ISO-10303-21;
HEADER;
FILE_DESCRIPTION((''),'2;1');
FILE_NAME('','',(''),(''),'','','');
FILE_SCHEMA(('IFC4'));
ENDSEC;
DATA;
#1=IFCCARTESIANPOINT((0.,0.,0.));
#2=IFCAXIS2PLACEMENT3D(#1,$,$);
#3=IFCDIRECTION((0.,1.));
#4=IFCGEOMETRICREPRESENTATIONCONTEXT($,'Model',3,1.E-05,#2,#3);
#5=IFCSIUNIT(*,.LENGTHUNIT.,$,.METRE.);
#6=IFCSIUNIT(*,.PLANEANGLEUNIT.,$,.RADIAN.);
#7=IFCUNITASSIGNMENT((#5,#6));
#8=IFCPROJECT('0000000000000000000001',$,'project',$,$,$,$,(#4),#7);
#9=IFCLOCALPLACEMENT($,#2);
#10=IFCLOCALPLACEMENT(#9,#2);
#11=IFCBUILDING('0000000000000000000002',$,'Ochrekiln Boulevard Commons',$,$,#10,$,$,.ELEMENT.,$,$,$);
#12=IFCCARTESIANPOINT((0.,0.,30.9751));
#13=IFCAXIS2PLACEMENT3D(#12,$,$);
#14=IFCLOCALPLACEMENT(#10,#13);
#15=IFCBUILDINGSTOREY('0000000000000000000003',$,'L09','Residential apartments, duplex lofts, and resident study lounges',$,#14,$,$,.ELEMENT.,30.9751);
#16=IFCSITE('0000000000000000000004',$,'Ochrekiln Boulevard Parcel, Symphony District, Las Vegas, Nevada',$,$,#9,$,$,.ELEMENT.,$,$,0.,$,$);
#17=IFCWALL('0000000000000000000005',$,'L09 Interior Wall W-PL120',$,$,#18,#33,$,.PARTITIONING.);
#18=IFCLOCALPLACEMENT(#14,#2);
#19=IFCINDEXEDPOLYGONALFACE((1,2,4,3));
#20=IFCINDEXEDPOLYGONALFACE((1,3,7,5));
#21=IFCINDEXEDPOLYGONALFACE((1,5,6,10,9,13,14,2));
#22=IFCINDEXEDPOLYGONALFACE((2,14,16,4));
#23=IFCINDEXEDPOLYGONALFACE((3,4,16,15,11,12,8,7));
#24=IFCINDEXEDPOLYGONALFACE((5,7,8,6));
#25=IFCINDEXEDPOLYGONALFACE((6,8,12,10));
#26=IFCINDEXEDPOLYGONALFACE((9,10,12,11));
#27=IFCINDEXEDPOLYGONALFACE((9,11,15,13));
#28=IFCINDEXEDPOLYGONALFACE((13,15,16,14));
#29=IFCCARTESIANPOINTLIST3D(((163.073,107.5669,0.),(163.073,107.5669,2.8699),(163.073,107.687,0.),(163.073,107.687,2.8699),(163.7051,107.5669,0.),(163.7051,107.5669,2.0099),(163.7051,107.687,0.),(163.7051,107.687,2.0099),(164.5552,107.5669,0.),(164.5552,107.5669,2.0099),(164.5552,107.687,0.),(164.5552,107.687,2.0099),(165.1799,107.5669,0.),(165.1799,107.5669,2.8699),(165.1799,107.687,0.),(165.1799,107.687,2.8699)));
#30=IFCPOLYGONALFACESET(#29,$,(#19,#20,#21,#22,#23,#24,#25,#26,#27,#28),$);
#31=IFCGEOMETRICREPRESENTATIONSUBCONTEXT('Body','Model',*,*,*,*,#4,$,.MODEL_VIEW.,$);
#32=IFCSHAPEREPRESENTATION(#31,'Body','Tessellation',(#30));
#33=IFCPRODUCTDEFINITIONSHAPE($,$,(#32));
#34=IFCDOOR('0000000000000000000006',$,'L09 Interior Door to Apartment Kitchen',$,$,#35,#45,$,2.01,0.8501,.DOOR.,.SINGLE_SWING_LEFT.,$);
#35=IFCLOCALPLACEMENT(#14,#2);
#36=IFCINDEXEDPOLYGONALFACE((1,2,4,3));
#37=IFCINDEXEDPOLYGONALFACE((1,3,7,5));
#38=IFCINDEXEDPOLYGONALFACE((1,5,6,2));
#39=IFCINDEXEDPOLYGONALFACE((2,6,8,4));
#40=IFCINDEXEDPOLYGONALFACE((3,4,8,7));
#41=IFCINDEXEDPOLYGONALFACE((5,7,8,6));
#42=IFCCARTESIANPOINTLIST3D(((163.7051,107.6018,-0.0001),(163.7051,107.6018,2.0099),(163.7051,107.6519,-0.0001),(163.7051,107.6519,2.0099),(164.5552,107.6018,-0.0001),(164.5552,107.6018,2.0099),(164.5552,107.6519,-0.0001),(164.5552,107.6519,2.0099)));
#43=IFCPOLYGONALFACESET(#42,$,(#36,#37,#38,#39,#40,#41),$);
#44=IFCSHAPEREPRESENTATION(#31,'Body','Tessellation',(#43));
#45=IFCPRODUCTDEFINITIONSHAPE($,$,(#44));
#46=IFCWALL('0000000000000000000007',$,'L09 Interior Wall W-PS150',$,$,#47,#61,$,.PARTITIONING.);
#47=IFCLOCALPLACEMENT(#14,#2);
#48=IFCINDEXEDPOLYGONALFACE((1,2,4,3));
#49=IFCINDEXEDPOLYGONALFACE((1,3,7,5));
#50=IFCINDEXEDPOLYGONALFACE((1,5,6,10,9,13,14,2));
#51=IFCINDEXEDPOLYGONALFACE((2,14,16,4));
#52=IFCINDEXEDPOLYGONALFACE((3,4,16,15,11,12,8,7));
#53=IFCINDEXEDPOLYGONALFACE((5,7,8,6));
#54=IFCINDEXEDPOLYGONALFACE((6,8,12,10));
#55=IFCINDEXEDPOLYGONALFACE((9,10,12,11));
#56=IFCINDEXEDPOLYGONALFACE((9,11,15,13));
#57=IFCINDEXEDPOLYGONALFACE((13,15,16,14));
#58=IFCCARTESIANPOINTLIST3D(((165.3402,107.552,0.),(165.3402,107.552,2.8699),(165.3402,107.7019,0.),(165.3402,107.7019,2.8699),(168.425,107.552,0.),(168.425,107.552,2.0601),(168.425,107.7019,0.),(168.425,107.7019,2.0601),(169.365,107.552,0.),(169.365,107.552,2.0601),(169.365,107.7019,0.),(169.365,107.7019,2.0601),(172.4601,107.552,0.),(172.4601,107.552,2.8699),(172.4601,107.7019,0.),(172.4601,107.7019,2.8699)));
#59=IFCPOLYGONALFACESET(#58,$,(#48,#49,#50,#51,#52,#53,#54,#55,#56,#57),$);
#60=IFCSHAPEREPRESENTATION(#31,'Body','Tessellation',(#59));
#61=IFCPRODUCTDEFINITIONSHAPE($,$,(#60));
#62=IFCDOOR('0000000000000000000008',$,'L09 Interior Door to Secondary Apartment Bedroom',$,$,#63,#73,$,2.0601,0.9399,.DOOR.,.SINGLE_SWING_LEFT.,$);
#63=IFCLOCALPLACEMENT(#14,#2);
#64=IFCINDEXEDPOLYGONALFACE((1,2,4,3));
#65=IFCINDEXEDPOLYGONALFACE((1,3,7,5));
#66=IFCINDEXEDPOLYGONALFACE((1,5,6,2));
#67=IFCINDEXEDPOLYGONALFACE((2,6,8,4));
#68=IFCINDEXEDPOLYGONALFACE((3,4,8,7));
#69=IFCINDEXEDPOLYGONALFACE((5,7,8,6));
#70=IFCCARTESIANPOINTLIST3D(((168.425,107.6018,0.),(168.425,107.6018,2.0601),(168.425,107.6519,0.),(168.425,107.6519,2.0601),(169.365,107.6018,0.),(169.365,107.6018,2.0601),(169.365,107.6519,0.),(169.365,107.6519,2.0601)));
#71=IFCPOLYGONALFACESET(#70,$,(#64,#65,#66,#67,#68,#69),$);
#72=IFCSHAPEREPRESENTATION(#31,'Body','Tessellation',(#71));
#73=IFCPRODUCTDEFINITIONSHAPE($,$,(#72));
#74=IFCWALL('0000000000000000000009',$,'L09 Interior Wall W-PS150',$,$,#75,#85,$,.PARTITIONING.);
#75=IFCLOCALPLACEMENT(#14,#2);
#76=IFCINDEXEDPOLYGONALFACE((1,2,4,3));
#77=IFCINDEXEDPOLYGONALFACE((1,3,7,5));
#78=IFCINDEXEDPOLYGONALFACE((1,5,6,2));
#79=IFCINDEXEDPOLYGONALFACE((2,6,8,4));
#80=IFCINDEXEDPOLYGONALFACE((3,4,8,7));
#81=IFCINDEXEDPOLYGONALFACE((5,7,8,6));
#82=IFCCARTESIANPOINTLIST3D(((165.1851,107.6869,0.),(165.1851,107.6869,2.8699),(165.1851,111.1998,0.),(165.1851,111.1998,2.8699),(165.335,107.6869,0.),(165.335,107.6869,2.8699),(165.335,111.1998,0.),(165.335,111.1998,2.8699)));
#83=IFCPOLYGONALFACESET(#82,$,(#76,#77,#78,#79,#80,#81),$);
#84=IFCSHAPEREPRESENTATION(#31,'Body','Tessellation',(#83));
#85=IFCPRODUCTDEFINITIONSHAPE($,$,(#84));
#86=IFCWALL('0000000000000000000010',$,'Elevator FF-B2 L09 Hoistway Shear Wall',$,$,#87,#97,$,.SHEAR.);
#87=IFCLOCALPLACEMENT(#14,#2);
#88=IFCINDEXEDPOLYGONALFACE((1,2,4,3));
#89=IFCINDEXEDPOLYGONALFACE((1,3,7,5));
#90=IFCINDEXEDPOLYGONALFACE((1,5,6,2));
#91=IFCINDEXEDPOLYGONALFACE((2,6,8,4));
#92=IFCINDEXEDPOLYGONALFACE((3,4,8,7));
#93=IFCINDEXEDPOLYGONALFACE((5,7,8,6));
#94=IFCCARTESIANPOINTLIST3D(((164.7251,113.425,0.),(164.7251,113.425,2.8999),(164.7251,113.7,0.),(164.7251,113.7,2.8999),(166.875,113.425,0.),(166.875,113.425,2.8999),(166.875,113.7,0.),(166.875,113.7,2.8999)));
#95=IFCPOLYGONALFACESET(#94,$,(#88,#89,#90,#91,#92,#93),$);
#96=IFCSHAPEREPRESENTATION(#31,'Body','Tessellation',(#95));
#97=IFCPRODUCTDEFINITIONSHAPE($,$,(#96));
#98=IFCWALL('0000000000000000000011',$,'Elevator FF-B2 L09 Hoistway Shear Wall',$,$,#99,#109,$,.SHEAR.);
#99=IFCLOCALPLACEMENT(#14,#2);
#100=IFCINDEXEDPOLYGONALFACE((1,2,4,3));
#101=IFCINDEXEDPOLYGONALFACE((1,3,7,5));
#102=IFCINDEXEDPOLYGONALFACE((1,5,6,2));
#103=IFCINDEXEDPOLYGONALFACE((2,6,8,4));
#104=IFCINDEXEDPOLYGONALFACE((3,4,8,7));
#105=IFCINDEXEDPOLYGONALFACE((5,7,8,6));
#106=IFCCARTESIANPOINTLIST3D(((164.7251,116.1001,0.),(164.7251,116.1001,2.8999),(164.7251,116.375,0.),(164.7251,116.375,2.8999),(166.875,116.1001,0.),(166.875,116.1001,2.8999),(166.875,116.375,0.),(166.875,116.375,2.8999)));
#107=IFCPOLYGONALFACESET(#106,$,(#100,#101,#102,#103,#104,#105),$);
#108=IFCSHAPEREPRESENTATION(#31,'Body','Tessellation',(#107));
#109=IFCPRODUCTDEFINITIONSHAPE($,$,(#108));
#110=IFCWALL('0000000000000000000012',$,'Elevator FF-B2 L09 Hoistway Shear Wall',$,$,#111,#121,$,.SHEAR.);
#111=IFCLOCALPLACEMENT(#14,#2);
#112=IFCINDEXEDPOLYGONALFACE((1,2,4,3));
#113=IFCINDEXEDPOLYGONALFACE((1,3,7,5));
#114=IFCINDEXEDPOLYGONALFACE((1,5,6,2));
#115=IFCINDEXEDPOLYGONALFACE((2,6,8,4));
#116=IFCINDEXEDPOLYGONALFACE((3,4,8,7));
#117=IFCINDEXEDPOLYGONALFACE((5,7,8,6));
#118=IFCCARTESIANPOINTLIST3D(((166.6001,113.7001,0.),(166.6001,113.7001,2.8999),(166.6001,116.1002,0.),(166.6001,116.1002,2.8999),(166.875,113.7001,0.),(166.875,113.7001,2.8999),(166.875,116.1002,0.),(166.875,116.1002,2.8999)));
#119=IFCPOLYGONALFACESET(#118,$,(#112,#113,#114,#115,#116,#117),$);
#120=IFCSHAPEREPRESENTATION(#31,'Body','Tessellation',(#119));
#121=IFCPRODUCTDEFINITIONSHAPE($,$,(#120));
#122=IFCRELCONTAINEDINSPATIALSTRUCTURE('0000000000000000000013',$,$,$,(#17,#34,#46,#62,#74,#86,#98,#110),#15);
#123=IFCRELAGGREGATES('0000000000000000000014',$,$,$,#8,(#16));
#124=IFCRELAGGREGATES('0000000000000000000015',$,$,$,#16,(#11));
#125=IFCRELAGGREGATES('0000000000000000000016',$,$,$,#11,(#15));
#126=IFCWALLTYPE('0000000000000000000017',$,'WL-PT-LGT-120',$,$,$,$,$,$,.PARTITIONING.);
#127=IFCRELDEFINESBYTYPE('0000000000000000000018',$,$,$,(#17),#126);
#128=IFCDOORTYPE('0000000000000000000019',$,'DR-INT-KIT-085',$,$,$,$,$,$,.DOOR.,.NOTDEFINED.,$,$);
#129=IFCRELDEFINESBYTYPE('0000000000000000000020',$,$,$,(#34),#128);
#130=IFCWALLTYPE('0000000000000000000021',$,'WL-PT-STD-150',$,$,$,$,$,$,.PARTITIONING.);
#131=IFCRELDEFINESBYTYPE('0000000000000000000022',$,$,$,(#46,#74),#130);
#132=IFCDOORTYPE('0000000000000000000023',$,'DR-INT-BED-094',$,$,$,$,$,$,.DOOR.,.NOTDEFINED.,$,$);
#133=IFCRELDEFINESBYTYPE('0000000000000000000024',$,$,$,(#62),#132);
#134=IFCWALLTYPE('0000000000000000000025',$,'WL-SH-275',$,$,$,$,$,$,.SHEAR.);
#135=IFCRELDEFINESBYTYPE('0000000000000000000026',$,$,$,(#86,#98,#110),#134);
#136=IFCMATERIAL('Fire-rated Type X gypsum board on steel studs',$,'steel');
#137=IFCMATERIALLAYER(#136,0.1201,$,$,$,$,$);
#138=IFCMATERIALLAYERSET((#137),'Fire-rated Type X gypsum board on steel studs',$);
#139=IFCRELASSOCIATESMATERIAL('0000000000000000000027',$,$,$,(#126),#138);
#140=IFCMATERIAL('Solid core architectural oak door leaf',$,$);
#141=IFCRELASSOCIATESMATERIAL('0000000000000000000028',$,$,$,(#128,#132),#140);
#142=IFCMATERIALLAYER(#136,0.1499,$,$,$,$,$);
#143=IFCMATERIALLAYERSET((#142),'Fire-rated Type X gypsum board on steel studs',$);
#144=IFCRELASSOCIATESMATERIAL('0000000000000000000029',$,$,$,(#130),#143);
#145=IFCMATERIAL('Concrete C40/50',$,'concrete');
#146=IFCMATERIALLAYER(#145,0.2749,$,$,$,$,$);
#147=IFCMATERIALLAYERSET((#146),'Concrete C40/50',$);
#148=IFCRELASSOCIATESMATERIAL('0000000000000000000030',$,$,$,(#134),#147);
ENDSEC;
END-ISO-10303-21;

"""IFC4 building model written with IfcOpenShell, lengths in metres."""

from ifc_helpers import new_model, si_unit, direction, frame, frame_2d, origin, place, context, subcontext, project, spatial, rectangle, extrude, material, layer, layer_set, type_object, element, fill, save


model = new_model("IFC4")

# Units and contexts
model_context = context("Model", 3, precision=1e-05, world=origin(), true_north=direction((0.0, 1.0)))
body_context = subcontext(model_context, "Body", "Model", "MODEL_VIEW")
ifc_project = project(units=[si_unit("LENGTHUNIT", "METRE"), si_unit("PLANEANGLEUNIT", "RADIAN")], contexts=[model_context])

# Site, building, storey
site_placement = place(None, origin())
site = spatial("IfcSite", under=ifc_project, at=site_placement, Name="Ochrekiln Boulevard Parcel, Symphony District, Las Vegas, Nevada", CompositionType="ELEMENT", RefElevation=0.0)
building_placement = place(site_placement, origin())
building = spatial("IfcBuilding", under=site, at=building_placement, Name="Ochrekiln Boulevard Commons", CompositionType="ELEMENT")
storey_placement = place(building_placement, frame((0.0, 0.0, 30.9751)))
storey = spatial("IfcBuildingStorey", under=building, at=storey_placement, Name="L09", Description="Residential apartments, duplex lofts, and resident study lounges", CompositionType="ELEMENT", Elevation=30.9751)

# Shared definitions
ifc_material_1 = material(Name="Concrete C40/50", Category="concrete")

# Shared definitions
ifc_material_2 = material(Name="Fire-rated Type X gypsum board on steel studs", Category="steel")

# Walls, openings, doors
ifc_layer_1 = layer(ifc_material_2, 0.1201)
ifc_layer_set_1 = layer_set([ifc_layer_1], Name="Fire-rated Type X gypsum board on steel studs")
wall_type_1 = type_object("IfcWallType", Name="WL-PT-LGT-120", PredefinedType="PARTITIONING", material=ifc_layer_set_1)
wall_1_placement = place(storey_placement, frame((163.073, 107.627, 0.0), z_axis=(0.0, 0.0, 1.0), x_axis=(1.0, 0.0, 0.0)))
wall_1 = element("IfcWall", 1, at=wall_1_placement, inside=storey, type_object=wall_type_1, Name="L09 Interior Wall W-PL120", PredefinedType="PARTITIONING", context=body_context, shape_type="SweptSolid", body=[
    extrude(rectangle(XDim=2.1069, YDim=0.1201, at=frame_2d((1.0535, 0.0))), origin(), (0.0, 0.0, 1.0), 2.8699),
])
opening_1_placement = place(wall_1_placement, frame((0.6321, 0.0, 0.0)))
opening_1 = element("IfcOpeningElement", 2, at=opening_1_placement, cuts=wall_1, PredefinedType="OPENING", context=body_context, shape_type="SweptSolid", body=[
    extrude(rectangle(XDim=0.8501, YDim=2.01, at=frame_2d((0.425, 1.0049))), frame((0.0, 0.0701, 0.0), z_axis=(0.0, -1.0, 0.0), x_axis=(1.0, 0.0, 0.0)), (0.0, 0.0, 1.0), 0.1401),
])
ifc_material_3 = material(Name="Solid core architectural oak door leaf")
door_type_1 = type_object("IfcDoorType", Name="DR-INT-KIT-085", OperationType="NOTDEFINED", PredefinedType="DOOR", material=ifc_material_3)
door_1_placement = place(opening_1_placement, origin())
door_1 = element("IfcDoor", 3, at=door_1_placement, inside=storey, type_object=door_type_1, Name="L09 Interior Door to Apartment Kitchen", OperationType="SINGLE_SWING_LEFT", OverallHeight=2.01, OverallWidth=0.8501, PredefinedType="DOOR", context=body_context, shape_type="SweptSolid", body=[
    extrude(rectangle(XDim=0.8501, YDim=2.01, at=frame_2d((0.425, 1.0049))), frame((0.0, 0.0249, 0.0), z_axis=(0.0, -1.0, 0.0), x_axis=(1.0, 0.0, 0.0)), (0.0, 0.0, 1.0), 0.05),
])
fill(opening_1, door_1)
ifc_layer_2 = layer(ifc_material_2, 0.1499)
ifc_layer_set_2 = layer_set([ifc_layer_2], Name="Fire-rated Type X gypsum board on steel studs")
wall_type_2 = type_object("IfcWallType", Name="WL-PT-STD-150", PredefinedType="PARTITIONING", material=ifc_layer_set_2)
wall_2_placement = place(storey_placement, frame((165.3401, 107.627, 0.0), z_axis=(0.0, 0.0, 1.0), x_axis=(1.0, 0.0, 0.0)))
wall_2 = element("IfcWall", 4, at=wall_2_placement, inside=storey, type_object=wall_type_2, Name="L09 Interior Wall W-PS150", PredefinedType="PARTITIONING", context=body_context, shape_type="SweptSolid", body=[
    extrude(rectangle(XDim=7.1199, YDim=0.1499, at=frame_2d((3.5601, 0.0))), origin(), (0.0, 0.0, 1.0), 2.8699),
])
opening_2_placement = place(wall_2_placement, frame((3.085, 0.0, 0.0)))
opening_2 = element("IfcOpeningElement", 5, at=opening_2_placement, cuts=wall_2, PredefinedType="OPENING", context=body_context, shape_type="SweptSolid", body=[
    extrude(rectangle(XDim=0.9399, YDim=2.0601, at=frame_2d((0.47, 1.03))), frame((0.0, 0.085, 0.0), z_axis=(0.0, -1.0, 0.0), x_axis=(1.0, 0.0, 0.0)), (0.0, 0.0, 1.0), 0.1699),
])
door_type_2 = type_object("IfcDoorType", Name="DR-INT-BED-094", OperationType="NOTDEFINED", PredefinedType="DOOR", material=ifc_material_3)
door_2_placement = place(opening_2_placement, origin())
door_2 = element("IfcDoor", 6, at=door_2_placement, inside=storey, type_object=door_type_2, Name="L09 Interior Door to Secondary Apartment Bedroom", OperationType="SINGLE_SWING_LEFT", OverallHeight=2.0601, OverallWidth=0.9399, PredefinedType="DOOR", context=body_context, shape_type="SweptSolid", body=[
    extrude(rectangle(XDim=0.9399, YDim=2.0601, at=frame_2d((0.47, 1.03))), frame((0.0, 0.0249, 0.0), z_axis=(0.0, -1.0, 0.0), x_axis=(1.0, 0.0, 0.0)), (0.0, 0.0, 1.0), 0.05),
])
fill(opening_2, door_2)

# Walls
wall_3_placement = place(storey_placement, frame((165.26, 107.687, 0.0), z_axis=(0.0, 0.0, 1.0), x_axis=(0.0, 1.0, 0.0)))
element("IfcWall", 7, at=wall_3_placement, inside=storey, type_object=wall_type_2, Name="L09 Interior Wall W-PS150", PredefinedType="PARTITIONING", context=body_context, shape_type="SweptSolid", body=[
    extrude(rectangle(XDim=3.5129, YDim=0.1499, at=frame_2d((1.7563, 0.0))), origin(), (0.0, 0.0, 1.0), 2.8699),
])
ifc_layer_3 = layer(ifc_material_1, 0.2749)
ifc_layer_set_3 = layer_set([ifc_layer_3], Name="Concrete C40/50")
wall_type_3 = type_object("IfcWallType", Name="WL-SH-275", PredefinedType="SHEAR", material=ifc_layer_set_3)
for number, where, z_axis, x_axis, name in (
    (8, (164.7251, 113.5625, 0.0), (0.0, 0.0, 1.0), (1.0, 0.0, 0.0), "Elevator FF-B2 L09 Hoistway Shear Wall"),
    (9, (164.7251, 116.2375, 0.0), (0.0, 0.0, 1.0), (1.0, 0.0, 0.0), "Elevator FF-B2 L09 Hoistway Shear Wall"),
):
    element("IfcWall", number, at=place(storey_placement, frame(where, z_axis=z_axis, x_axis=x_axis)), inside=storey, type_object=wall_type_3, Name=name, PredefinedType="SHEAR", context=body_context, shape_type="SweptSolid", body=[
        extrude(rectangle(XDim=2.1499, YDim=0.2749, at=frame_2d((1.075, 0.0))), origin(), (0.0, 0.0, 1.0), 2.8999),
    ])

# Wall
wall_4_placement = place(storey_placement, frame((166.7375, 113.7, 0.0), z_axis=(0.0, 0.0, 1.0), x_axis=(0.0, 1.0, 0.0)))
element("IfcWall", 10, at=wall_4_placement, inside=storey, type_object=wall_type_3, Name="Elevator FF-B2 L09 Hoistway Shear Wall", PredefinedType="SHEAR", context=body_context, shape_type="SweptSolid", body=[
    extrude(rectangle(XDim=2.4001, YDim=0.2749, at=frame_2d((1.2002, 0.0))), origin(), (0.0, 0.0, 1.0), 2.8999),
])

save(model, "model.ifc")
